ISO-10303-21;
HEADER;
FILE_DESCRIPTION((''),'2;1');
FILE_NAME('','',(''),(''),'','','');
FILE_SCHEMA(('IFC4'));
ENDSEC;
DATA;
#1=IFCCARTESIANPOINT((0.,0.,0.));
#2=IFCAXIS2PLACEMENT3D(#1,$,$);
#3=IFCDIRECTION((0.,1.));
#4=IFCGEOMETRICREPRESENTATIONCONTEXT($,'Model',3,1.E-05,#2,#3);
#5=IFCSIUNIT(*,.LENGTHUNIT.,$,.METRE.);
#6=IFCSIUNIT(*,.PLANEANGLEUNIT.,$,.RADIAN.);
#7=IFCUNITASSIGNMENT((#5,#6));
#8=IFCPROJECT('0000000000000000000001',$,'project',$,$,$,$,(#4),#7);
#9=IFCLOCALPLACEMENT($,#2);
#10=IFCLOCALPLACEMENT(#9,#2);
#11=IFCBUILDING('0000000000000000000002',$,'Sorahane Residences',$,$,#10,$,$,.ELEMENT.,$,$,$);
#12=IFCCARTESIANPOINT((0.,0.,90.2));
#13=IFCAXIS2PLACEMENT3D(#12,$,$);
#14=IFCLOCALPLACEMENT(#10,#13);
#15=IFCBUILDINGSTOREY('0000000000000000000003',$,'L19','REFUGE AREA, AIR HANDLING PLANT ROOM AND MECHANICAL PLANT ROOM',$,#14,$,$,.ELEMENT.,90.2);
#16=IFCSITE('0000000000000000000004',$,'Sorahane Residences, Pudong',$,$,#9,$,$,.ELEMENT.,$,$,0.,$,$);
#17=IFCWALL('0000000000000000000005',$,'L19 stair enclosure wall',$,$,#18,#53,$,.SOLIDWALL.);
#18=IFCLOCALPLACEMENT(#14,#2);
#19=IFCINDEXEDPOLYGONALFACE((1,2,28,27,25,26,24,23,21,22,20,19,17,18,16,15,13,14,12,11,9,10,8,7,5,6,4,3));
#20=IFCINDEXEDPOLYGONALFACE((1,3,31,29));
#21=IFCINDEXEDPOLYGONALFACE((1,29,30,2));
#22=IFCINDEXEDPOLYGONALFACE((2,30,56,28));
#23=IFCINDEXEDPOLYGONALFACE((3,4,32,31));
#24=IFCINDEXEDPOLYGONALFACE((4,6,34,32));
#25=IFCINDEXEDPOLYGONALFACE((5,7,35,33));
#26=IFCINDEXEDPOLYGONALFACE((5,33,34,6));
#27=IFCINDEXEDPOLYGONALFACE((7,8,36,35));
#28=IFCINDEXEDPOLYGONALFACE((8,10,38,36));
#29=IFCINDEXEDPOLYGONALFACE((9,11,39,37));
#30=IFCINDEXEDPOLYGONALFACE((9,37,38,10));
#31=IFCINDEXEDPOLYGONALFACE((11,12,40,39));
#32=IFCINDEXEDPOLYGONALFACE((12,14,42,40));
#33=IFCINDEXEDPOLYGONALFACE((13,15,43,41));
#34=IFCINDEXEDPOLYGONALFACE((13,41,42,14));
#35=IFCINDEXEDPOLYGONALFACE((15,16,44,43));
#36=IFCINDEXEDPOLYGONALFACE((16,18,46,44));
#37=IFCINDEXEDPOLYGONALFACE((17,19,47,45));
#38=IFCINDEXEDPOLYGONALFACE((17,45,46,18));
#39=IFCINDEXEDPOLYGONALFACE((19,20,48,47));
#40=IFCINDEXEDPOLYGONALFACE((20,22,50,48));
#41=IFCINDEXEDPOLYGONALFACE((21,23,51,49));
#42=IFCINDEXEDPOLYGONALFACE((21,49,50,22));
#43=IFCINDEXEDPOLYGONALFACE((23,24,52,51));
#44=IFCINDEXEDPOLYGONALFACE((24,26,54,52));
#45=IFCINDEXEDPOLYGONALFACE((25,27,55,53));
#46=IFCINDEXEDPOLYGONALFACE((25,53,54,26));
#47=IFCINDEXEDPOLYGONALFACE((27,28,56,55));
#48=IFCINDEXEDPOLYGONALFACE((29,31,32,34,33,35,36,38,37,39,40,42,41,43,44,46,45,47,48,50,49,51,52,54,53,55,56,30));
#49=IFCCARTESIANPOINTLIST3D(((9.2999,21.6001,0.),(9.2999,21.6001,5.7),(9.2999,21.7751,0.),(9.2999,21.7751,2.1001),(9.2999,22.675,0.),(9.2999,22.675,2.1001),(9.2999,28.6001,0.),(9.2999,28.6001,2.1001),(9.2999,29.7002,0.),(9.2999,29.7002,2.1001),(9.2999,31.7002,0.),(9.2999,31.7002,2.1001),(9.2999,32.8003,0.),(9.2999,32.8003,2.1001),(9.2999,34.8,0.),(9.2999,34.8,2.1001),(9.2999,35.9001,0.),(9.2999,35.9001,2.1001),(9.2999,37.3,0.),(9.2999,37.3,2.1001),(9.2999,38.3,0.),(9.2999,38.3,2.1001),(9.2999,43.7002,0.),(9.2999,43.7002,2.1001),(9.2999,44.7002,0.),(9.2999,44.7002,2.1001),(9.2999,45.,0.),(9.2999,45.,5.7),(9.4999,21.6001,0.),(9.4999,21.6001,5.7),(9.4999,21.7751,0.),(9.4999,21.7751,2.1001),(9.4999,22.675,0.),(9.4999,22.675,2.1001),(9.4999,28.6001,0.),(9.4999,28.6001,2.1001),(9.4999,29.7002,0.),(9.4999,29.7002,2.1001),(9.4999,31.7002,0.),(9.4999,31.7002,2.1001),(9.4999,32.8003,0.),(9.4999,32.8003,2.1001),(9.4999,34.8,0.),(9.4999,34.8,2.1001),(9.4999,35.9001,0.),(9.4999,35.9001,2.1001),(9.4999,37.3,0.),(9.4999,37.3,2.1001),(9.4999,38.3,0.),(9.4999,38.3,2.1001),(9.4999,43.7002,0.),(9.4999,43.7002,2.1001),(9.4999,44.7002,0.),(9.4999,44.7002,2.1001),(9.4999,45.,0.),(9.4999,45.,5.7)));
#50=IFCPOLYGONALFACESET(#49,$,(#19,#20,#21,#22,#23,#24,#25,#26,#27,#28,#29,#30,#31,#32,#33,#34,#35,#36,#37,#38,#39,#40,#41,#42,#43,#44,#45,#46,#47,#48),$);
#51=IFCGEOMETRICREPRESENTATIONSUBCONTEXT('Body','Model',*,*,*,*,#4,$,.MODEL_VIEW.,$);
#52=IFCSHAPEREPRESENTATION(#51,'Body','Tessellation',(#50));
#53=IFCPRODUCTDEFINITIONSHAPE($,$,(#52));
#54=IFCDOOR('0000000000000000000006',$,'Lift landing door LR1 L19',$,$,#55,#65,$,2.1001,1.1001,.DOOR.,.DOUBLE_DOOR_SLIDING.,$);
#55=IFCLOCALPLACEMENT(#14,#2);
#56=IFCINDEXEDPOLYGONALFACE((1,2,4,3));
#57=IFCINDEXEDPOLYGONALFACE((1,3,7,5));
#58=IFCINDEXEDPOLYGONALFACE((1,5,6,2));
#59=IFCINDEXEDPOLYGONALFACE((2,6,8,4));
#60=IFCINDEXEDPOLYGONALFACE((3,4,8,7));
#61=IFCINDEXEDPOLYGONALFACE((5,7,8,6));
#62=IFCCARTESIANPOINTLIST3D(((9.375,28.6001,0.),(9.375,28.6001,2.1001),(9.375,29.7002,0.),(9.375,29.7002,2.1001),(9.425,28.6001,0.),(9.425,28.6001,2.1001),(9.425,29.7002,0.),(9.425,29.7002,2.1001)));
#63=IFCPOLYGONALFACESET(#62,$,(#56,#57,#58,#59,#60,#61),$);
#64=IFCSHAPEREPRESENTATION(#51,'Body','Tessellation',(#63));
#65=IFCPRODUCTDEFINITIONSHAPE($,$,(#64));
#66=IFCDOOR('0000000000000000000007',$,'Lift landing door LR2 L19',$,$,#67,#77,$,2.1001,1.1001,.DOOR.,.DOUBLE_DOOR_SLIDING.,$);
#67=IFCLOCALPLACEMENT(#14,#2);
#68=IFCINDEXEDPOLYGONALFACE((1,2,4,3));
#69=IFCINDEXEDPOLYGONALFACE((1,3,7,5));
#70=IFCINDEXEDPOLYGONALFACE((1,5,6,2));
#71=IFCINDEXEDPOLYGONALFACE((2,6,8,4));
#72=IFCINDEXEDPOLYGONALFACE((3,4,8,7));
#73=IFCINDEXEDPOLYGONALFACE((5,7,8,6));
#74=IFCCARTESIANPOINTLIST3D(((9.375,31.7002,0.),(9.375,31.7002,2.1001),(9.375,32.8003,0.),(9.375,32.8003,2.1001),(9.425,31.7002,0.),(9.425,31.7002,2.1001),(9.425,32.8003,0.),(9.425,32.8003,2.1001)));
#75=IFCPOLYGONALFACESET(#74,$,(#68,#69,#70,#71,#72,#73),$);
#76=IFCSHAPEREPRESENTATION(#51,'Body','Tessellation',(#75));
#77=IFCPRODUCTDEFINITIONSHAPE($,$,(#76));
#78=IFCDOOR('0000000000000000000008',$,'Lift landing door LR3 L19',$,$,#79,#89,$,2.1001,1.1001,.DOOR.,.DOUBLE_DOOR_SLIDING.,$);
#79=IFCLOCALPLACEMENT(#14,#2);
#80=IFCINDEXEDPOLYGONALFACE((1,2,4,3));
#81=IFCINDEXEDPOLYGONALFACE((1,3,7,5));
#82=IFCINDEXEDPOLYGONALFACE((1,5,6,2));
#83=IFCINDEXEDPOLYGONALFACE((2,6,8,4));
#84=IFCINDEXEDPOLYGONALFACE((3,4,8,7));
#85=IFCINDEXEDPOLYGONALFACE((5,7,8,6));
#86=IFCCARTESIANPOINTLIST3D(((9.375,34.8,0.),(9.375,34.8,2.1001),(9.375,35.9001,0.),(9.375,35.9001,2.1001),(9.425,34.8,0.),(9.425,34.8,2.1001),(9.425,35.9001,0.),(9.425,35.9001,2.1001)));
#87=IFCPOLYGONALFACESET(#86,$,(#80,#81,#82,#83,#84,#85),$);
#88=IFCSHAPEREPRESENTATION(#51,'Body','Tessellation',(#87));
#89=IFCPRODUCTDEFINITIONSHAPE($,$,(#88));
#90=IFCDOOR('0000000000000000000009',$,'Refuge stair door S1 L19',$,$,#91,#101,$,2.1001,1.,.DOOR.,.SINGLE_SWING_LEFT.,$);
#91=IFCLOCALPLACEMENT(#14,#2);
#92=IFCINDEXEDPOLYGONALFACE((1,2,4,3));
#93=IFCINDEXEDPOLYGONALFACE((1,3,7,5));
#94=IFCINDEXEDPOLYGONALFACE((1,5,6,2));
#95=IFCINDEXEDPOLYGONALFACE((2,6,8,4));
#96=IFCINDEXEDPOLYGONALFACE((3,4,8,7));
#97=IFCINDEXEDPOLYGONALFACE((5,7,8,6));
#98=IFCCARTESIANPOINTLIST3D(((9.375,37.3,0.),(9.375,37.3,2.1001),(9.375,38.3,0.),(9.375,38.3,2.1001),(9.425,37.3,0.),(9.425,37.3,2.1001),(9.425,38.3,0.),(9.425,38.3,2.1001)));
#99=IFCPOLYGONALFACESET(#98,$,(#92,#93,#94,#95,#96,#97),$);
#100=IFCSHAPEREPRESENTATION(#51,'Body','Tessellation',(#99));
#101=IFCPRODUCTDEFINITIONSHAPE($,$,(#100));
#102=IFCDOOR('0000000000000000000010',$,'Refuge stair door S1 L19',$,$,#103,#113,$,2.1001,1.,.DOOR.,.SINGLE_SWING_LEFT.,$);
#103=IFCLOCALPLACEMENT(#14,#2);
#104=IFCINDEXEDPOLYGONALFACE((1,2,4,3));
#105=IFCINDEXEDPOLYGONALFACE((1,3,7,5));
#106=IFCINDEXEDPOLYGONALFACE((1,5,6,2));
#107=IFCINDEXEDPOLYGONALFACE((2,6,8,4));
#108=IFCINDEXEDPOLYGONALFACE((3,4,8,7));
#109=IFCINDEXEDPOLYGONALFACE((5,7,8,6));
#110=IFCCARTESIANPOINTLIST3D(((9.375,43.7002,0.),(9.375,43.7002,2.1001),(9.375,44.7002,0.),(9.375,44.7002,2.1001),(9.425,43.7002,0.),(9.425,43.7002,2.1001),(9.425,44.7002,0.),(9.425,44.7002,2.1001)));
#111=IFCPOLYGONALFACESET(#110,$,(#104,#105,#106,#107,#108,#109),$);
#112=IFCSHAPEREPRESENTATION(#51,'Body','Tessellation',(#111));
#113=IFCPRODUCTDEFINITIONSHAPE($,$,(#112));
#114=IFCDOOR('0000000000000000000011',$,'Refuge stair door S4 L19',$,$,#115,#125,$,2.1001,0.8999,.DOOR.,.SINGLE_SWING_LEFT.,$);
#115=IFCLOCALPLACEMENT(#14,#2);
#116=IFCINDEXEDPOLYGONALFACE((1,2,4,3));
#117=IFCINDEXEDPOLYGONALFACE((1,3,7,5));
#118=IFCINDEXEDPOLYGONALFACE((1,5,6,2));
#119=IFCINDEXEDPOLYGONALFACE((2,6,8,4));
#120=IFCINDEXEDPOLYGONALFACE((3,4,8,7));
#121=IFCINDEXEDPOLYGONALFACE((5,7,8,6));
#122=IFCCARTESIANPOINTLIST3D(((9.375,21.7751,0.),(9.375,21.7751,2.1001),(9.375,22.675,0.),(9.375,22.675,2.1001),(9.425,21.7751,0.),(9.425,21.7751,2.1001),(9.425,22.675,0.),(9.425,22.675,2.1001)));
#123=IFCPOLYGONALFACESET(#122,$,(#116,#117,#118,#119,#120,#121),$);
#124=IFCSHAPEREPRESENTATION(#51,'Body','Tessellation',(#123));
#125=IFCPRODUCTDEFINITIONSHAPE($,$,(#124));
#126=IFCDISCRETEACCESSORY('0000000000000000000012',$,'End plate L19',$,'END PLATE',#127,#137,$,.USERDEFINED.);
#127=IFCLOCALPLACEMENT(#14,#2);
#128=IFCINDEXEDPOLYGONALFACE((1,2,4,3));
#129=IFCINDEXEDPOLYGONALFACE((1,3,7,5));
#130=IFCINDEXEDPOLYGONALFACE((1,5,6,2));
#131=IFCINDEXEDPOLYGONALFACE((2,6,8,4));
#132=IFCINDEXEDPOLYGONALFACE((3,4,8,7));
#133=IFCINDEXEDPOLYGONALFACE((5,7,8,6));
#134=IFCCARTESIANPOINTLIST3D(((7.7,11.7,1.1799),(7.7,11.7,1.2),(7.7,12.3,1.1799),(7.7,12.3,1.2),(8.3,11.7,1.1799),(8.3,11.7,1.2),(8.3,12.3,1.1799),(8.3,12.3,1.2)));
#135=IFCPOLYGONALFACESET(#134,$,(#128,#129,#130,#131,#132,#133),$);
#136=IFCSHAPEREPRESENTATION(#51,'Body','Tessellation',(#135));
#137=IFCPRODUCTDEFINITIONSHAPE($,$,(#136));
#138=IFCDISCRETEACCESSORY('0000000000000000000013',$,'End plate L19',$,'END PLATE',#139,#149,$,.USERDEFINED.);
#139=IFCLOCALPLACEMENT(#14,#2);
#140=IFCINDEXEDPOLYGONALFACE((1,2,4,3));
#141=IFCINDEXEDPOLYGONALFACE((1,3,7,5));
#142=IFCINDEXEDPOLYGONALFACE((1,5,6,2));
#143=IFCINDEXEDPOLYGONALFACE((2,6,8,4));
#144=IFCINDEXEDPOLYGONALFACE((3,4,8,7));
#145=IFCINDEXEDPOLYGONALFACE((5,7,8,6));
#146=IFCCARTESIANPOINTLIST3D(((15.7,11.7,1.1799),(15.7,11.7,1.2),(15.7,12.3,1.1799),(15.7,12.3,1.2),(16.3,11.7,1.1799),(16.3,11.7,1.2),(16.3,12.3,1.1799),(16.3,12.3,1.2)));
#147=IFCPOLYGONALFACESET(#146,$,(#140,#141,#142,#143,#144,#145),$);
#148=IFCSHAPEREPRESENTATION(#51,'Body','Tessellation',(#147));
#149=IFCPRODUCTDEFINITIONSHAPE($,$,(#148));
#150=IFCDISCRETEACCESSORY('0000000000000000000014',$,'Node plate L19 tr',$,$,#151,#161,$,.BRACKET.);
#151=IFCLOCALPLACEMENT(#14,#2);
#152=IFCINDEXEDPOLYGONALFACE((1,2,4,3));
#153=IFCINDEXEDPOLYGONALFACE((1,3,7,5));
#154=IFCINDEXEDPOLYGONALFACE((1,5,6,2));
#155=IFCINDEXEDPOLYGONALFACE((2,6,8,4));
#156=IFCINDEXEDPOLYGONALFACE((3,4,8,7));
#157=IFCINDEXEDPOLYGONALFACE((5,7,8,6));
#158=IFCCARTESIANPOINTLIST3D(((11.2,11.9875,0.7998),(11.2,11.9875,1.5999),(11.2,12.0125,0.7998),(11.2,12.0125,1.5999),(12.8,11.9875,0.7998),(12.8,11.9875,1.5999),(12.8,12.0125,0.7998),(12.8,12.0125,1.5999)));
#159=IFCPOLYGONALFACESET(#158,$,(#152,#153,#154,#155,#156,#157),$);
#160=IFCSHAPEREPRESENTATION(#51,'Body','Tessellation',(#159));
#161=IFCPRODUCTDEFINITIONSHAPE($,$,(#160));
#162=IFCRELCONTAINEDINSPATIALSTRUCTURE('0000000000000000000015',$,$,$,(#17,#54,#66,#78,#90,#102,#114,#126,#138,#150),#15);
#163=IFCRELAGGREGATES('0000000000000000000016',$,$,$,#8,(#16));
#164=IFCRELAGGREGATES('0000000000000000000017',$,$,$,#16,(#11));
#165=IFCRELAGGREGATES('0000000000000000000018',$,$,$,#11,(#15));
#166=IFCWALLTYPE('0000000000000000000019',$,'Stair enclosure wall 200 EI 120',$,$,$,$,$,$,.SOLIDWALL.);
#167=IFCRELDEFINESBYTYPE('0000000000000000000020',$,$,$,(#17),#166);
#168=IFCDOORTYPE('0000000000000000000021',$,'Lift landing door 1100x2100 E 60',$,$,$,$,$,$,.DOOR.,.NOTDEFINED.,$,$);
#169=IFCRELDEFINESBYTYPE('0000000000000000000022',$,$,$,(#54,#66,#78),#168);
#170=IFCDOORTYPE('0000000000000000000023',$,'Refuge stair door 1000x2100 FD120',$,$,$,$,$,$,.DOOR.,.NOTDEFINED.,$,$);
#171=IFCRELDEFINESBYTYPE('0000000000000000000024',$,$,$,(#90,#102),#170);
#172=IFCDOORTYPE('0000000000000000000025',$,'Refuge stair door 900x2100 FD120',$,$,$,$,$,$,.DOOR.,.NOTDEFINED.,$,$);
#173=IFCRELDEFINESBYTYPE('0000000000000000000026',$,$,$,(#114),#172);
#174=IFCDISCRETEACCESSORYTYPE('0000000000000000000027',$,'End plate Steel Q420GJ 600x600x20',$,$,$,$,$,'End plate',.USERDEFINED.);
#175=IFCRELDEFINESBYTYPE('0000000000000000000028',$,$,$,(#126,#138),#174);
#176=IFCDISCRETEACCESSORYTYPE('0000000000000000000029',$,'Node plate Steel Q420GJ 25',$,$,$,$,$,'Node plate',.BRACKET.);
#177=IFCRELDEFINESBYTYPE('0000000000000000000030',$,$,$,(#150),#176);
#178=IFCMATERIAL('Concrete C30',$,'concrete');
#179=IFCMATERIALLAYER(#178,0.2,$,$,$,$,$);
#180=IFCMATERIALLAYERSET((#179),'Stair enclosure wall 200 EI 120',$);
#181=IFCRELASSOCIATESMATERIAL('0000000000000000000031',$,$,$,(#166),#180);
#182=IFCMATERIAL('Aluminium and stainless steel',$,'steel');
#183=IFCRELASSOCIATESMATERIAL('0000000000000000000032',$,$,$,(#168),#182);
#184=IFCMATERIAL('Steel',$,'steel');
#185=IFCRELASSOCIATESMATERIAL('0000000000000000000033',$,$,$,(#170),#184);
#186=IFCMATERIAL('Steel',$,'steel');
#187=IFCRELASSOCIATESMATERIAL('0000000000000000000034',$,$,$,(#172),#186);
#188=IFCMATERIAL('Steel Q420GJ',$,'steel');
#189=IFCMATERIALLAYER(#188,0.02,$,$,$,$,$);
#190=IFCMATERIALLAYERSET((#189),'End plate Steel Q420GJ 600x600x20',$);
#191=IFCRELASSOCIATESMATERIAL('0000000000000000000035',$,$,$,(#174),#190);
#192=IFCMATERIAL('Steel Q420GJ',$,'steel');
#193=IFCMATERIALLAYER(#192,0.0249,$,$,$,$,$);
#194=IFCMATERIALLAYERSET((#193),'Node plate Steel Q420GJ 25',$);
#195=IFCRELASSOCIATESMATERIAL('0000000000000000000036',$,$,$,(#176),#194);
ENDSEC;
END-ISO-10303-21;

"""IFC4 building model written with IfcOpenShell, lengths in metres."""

from ifc_helpers import new_model, si_unit, direction, frame, frame_2d, origin, origin_2d, place, context, subcontext, project, spatial, rectangle, extrude, material, layer, layer_set, type_object, element, fill, save


model = new_model("IFC4")

# Units and contexts
model_context = context("Model", 3, precision=1e-05, world=origin(), true_north=direction((0.0, 1.0)))
body_context = subcontext(model_context, "Body", "Model", "MODEL_VIEW")
ifc_project = project(units=[si_unit("LENGTHUNIT", "METRE"), si_unit("PLANEANGLEUNIT", "RADIAN")], contexts=[model_context])

# Site, building, storey
site_placement = place(None, origin())
site = spatial("IfcSite", under=ifc_project, at=site_placement, Name="Sorahane Residences, Pudong", CompositionType="ELEMENT", RefElevation=0.0)
building_placement = place(site_placement, origin())
building = spatial("IfcBuilding", under=site, at=building_placement, Name="Sorahane Residences", CompositionType="ELEMENT")
storey_placement = place(building_placement, frame((0.0, 0.0, 90.2)))
storey = spatial("IfcBuildingStorey", under=building, at=storey_placement, Name="L19", Description="REFUGE AREA, AIR HANDLING PLANT ROOM AND MECHANICAL PLANT ROOM", CompositionType="ELEMENT", Elevation=90.2)

# Shared definitions
ifc_material_1 = material(Name="Concrete C30", Category="concrete")
ifc_layer_1 = layer(ifc_material_1, 0.2)
ifc_layer_set_1 = layer_set([ifc_layer_1], Name="Stair enclosure wall 200 EI 120")
wall_type_1 = type_object("IfcWallType", Name="Stair enclosure wall 200 EI 120", PredefinedType="SOLIDWALL", material=ifc_layer_set_1)

# Wall, openings, doors
wall_1_placement = place(storey_placement, frame((9.3999, 21.6001, 0.0), z_axis=(0.0, 0.0, 1.0), x_axis=(0.0, 1.0, 0.0)))
wall_1 = element("IfcWall", 1, at=wall_1_placement, inside=storey, type_object=wall_type_1, Name="L19 stair enclosure wall", PredefinedType="SOLIDWALL", context=body_context, shape_type="SweptSolid", body=[
    extrude(rectangle(XDim=23.3999, YDim=0.2, at=frame_2d((11.7, 0.0))), origin(), (0.0, 0.0, 1.0), 5.7),
])
opening_1_placement = place(wall_1_placement, frame((7.0, 0.0, 0.0)))
opening_1 = element("IfcOpeningElement", 2, at=opening_1_placement, cuts=wall_1, PredefinedType="OPENING", context=body_context, shape_type="SweptSolid", body=[
    extrude(rectangle(XDim=1.1001, YDim=2.1001, at=frame_2d((0.55, 1.05))), frame((0.0, 0.1099, 0.0), z_axis=(0.0, -1.0, 0.0), x_axis=(1.0, 0.0, 0.0)), (0.0, 0.0, 1.0), 0.22),
])
opening_2_placement = place(wall_1_placement, frame((10.1001, 0.0, 0.0)))
opening_2 = element("IfcOpeningElement", 3, at=opening_2_placement, cuts=wall_1, PredefinedType="OPENING", context=body_context, shape_type="SweptSolid", body=[
    extrude(rectangle(XDim=1.1001, YDim=2.1001, at=frame_2d((0.55, 1.05))), frame((0.0, 0.1099, 0.0), z_axis=(0.0, -1.0, 0.0), x_axis=(1.0, 0.0, 0.0)), (0.0, 0.0, 1.0), 0.22),
])
opening_3_placement = place(wall_1_placement, frame((13.2, 0.0, 0.0)))
opening_3 = element("IfcOpeningElement", 4, at=opening_3_placement, cuts=wall_1, PredefinedType="OPENING", context=body_context, shape_type="SweptSolid", body=[
    extrude(rectangle(XDim=1.1001, YDim=2.1001, at=frame_2d((0.55, 1.05))), frame((0.0, 0.1099, 0.0), z_axis=(0.0, -1.0, 0.0), x_axis=(1.0, 0.0, 0.0)), (0.0, 0.0, 1.0), 0.22),
])
opening_4_placement = place(wall_1_placement, frame((15.7, 0.0, 0.0)))
opening_4 = element("IfcOpeningElement", 5, at=opening_4_placement, cuts=wall_1, PredefinedType="OPENING", context=body_context, shape_type="SweptSolid", body=[
    extrude(rectangle(XDim=1.0, YDim=2.1001, at=frame_2d((0.5, 1.05))), frame((0.0, 0.1099, 0.0), z_axis=(0.0, -1.0, 0.0), x_axis=(1.0, 0.0, 0.0)), (0.0, 0.0, 1.0), 0.22),
])
opening_5_placement = place(wall_1_placement, frame((22.1001, 0.0, 0.0)))
opening_5 = element("IfcOpeningElement", 6, at=opening_5_placement, cuts=wall_1, PredefinedType="OPENING", context=body_context, shape_type="SweptSolid", body=[
    extrude(rectangle(XDim=1.0, YDim=2.1001, at=frame_2d((0.5, 1.05))), frame((0.0, 0.1099, 0.0), z_axis=(0.0, -1.0, 0.0), x_axis=(1.0, 0.0, 0.0)), (0.0, 0.0, 1.0), 0.22),
])
opening_6_placement = place(wall_1_placement, frame((0.175, 0.0, 0.0)))
opening_6 = element("IfcOpeningElement", 7, at=opening_6_placement, cuts=wall_1, PredefinedType="OPENING", context=body_context, shape_type="SweptSolid", body=[
    extrude(rectangle(XDim=0.8999, YDim=2.1001, at=frame_2d((0.45, 1.05))), frame((0.0, 0.1099, 0.0), z_axis=(0.0, -1.0, 0.0), x_axis=(1.0, 0.0, 0.0)), (0.0, 0.0, 1.0), 0.22),
])
ifc_material_2 = material(Name="Aluminium and stainless steel", Category="steel")
door_type_1 = type_object("IfcDoorType", Name="Lift landing door 1100x2100 E 60", OperationType="NOTDEFINED", PredefinedType="DOOR", material=ifc_material_2)
door_1_placement = place(opening_1_placement, origin())
door_1 = element("IfcDoor", 8, at=door_1_placement, inside=storey, type_object=door_type_1, Name="Lift landing door LR1 L19", OperationType="DOUBLE_DOOR_SLIDING", OverallHeight=2.1001, OverallWidth=1.1001, PredefinedType="DOOR", context=body_context, shape_type="SweptSolid", body=[
    extrude(rectangle(XDim=1.1001, YDim=2.1001, at=frame_2d((0.55, 1.05))), frame((0.0, 0.0249, 0.0), z_axis=(0.0, -1.0, 0.0), x_axis=(1.0, 0.0, 0.0)), (0.0, 0.0, 1.0), 0.05),
])
fill(opening_1, door_1)
door_2_placement = place(opening_2_placement, origin())
door_2 = element("IfcDoor", 9, at=door_2_placement, inside=storey, type_object=door_type_1, Name="Lift landing door LR2 L19", OperationType="DOUBLE_DOOR_SLIDING", OverallHeight=2.1001, OverallWidth=1.1001, PredefinedType="DOOR", context=body_context, shape_type="SweptSolid", body=[
    extrude(rectangle(XDim=1.1001, YDim=2.1001, at=frame_2d((0.55, 1.05))), frame((0.0, 0.0249, 0.0), z_axis=(0.0, -1.0, 0.0), x_axis=(1.0, 0.0, 0.0)), (0.0, 0.0, 1.0), 0.05),
])
fill(opening_2, door_2)
door_3_placement = place(opening_3_placement, origin())
door_3 = element("IfcDoor", 10, at=door_3_placement, inside=storey, type_object=door_type_1, Name="Lift landing door LR3 L19", OperationType="DOUBLE_DOOR_SLIDING", OverallHeight=2.1001, OverallWidth=1.1001, PredefinedType="DOOR", context=body_context, shape_type="SweptSolid", body=[
    extrude(rectangle(XDim=1.1001, YDim=2.1001, at=frame_2d((0.55, 1.05))), frame((0.0, 0.0249, 0.0), z_axis=(0.0, -1.0, 0.0), x_axis=(1.0, 0.0, 0.0)), (0.0, 0.0, 1.0), 0.05),
])
fill(opening_3, door_3)
ifc_material_3 = material(Name="Steel", Category="steel")
door_type_2 = type_object("IfcDoorType", Name="Refuge stair door 1000x2100 FD120", OperationType="NOTDEFINED", PredefinedType="DOOR", material=ifc_material_3)
door_4_placement = place(opening_4_placement, origin())
door_4 = element("IfcDoor", 11, at=door_4_placement, inside=storey, type_object=door_type_2, Name="Refuge stair door S1 L19", OperationType="SINGLE_SWING_LEFT", OverallHeight=2.1001, OverallWidth=1.0, PredefinedType="DOOR", context=body_context, shape_type="SweptSolid", body=[
    extrude(rectangle(XDim=1.0, YDim=2.1001, at=frame_2d((0.5, 1.05))), frame((0.0, 0.0249, 0.0), z_axis=(0.0, -1.0, 0.0), x_axis=(1.0, 0.0, 0.0)), (0.0, 0.0, 1.0), 0.05),
])
fill(opening_4, door_4)
door_5_placement = place(opening_5_placement, origin())
door_5 = element("IfcDoor", 12, at=door_5_placement, inside=storey, type_object=door_type_2, Name="Refuge stair door S1 L19", OperationType="SINGLE_SWING_LEFT", OverallHeight=2.1001, OverallWidth=1.0, PredefinedType="DOOR", context=body_context, shape_type="SweptSolid", body=[
    extrude(rectangle(XDim=1.0, YDim=2.1001, at=frame_2d((0.5, 1.05))), frame((0.0, 0.0249, 0.0), z_axis=(0.0, -1.0, 0.0), x_axis=(1.0, 0.0, 0.0)), (0.0, 0.0, 1.0), 0.05),
])
fill(opening_5, door_5)
ifc_material_4 = material(Name="Steel", Category="steel")
door_type_3 = type_object("IfcDoorType", Name="Refuge stair door 900x2100 FD120", OperationType="NOTDEFINED", PredefinedType="DOOR", material=ifc_material_4)
door_6_placement = place(opening_6_placement, origin())
door_6 = element("IfcDoor", 13, at=door_6_placement, inside=storey, type_object=door_type_3, Name="Refuge stair door S4 L19", OperationType="SINGLE_SWING_LEFT", OverallHeight=2.1001, OverallWidth=0.8999, PredefinedType="DOOR", context=body_context, shape_type="SweptSolid", body=[
    extrude(rectangle(XDim=0.8999, YDim=2.1001, at=frame_2d((0.45, 1.05))), frame((0.0, 0.0249, 0.0), z_axis=(0.0, -1.0, 0.0), x_axis=(1.0, 0.0, 0.0)), (0.0, 0.0, 1.0), 0.05),
])
fill(opening_6, door_6)

# Discrete accessories
ifc_material_5 = material(Name="Steel Q420GJ", Category="steel")
ifc_layer_2 = layer(ifc_material_5, 0.02)
ifc_layer_set_2 = layer_set([ifc_layer_2], Name="End plate Steel Q420GJ 600x600x20")
discrete_accessory_type_1 = type_object("IfcDiscreteAccessoryType", Name="End plate Steel Q420GJ 600x600x20", ElementType="End plate", PredefinedType="USERDEFINED", material=ifc_layer_set_2)
for number, where, z_axis, x_axis, name in (
    (14, (8.0, 12.0, 1.1799), (0.0, 0.0, 1.0), (1.0, 0.0, 0.0), "End plate L19"),
    (15, (16.0, 12.0, 1.1799), (0.0, 0.0, 1.0), (1.0, 0.0, 0.0), "End plate L19"),
):
    element("IfcDiscreteAccessory", number, at=place(storey_placement, frame(where, z_axis=z_axis, x_axis=x_axis)), inside=storey, type_object=discrete_accessory_type_1, Name=name, ObjectType="END PLATE", PredefinedType="USERDEFINED", context=body_context, shape_type="SweptSolid", body=[
        extrude(rectangle(XDim=0.6001, YDim=0.6001, at=origin_2d()), origin(), (0.0, 0.0, 1.0), 0.02),
    ])
ifc_material_6 = material(Name="Steel Q420GJ", Category="steel")
ifc_layer_3 = layer(ifc_material_6, 0.0249)
ifc_layer_set_3 = layer_set([ifc_layer_3], Name="Node plate Steel Q420GJ 25")
discrete_accessory_type_2 = type_object("IfcDiscreteAccessoryType", Name="Node plate Steel Q420GJ 25", ElementType="Node plate", PredefinedType="BRACKET", material=ifc_layer_set_3)
discrete_accessory_placement = place(storey_placement, frame((12.0, 12.0, 0.7998), z_axis=(0.0, 0.0, 1.0), x_axis=(1.0, 0.0, 0.0)))
element("IfcDiscreteAccessory", 16, at=discrete_accessory_placement, inside=storey, type_object=discrete_accessory_type_2, Name="Node plate L19 tr", PredefinedType="BRACKET", context=body_context, shape_type="SweptSolid", body=[
    extrude(rectangle(XDim=1.6001, YDim=0.0249, at=origin_2d()), origin(), (0.0, 0.0, 1.0), 0.8),
])

save(model, "model.ifc")
